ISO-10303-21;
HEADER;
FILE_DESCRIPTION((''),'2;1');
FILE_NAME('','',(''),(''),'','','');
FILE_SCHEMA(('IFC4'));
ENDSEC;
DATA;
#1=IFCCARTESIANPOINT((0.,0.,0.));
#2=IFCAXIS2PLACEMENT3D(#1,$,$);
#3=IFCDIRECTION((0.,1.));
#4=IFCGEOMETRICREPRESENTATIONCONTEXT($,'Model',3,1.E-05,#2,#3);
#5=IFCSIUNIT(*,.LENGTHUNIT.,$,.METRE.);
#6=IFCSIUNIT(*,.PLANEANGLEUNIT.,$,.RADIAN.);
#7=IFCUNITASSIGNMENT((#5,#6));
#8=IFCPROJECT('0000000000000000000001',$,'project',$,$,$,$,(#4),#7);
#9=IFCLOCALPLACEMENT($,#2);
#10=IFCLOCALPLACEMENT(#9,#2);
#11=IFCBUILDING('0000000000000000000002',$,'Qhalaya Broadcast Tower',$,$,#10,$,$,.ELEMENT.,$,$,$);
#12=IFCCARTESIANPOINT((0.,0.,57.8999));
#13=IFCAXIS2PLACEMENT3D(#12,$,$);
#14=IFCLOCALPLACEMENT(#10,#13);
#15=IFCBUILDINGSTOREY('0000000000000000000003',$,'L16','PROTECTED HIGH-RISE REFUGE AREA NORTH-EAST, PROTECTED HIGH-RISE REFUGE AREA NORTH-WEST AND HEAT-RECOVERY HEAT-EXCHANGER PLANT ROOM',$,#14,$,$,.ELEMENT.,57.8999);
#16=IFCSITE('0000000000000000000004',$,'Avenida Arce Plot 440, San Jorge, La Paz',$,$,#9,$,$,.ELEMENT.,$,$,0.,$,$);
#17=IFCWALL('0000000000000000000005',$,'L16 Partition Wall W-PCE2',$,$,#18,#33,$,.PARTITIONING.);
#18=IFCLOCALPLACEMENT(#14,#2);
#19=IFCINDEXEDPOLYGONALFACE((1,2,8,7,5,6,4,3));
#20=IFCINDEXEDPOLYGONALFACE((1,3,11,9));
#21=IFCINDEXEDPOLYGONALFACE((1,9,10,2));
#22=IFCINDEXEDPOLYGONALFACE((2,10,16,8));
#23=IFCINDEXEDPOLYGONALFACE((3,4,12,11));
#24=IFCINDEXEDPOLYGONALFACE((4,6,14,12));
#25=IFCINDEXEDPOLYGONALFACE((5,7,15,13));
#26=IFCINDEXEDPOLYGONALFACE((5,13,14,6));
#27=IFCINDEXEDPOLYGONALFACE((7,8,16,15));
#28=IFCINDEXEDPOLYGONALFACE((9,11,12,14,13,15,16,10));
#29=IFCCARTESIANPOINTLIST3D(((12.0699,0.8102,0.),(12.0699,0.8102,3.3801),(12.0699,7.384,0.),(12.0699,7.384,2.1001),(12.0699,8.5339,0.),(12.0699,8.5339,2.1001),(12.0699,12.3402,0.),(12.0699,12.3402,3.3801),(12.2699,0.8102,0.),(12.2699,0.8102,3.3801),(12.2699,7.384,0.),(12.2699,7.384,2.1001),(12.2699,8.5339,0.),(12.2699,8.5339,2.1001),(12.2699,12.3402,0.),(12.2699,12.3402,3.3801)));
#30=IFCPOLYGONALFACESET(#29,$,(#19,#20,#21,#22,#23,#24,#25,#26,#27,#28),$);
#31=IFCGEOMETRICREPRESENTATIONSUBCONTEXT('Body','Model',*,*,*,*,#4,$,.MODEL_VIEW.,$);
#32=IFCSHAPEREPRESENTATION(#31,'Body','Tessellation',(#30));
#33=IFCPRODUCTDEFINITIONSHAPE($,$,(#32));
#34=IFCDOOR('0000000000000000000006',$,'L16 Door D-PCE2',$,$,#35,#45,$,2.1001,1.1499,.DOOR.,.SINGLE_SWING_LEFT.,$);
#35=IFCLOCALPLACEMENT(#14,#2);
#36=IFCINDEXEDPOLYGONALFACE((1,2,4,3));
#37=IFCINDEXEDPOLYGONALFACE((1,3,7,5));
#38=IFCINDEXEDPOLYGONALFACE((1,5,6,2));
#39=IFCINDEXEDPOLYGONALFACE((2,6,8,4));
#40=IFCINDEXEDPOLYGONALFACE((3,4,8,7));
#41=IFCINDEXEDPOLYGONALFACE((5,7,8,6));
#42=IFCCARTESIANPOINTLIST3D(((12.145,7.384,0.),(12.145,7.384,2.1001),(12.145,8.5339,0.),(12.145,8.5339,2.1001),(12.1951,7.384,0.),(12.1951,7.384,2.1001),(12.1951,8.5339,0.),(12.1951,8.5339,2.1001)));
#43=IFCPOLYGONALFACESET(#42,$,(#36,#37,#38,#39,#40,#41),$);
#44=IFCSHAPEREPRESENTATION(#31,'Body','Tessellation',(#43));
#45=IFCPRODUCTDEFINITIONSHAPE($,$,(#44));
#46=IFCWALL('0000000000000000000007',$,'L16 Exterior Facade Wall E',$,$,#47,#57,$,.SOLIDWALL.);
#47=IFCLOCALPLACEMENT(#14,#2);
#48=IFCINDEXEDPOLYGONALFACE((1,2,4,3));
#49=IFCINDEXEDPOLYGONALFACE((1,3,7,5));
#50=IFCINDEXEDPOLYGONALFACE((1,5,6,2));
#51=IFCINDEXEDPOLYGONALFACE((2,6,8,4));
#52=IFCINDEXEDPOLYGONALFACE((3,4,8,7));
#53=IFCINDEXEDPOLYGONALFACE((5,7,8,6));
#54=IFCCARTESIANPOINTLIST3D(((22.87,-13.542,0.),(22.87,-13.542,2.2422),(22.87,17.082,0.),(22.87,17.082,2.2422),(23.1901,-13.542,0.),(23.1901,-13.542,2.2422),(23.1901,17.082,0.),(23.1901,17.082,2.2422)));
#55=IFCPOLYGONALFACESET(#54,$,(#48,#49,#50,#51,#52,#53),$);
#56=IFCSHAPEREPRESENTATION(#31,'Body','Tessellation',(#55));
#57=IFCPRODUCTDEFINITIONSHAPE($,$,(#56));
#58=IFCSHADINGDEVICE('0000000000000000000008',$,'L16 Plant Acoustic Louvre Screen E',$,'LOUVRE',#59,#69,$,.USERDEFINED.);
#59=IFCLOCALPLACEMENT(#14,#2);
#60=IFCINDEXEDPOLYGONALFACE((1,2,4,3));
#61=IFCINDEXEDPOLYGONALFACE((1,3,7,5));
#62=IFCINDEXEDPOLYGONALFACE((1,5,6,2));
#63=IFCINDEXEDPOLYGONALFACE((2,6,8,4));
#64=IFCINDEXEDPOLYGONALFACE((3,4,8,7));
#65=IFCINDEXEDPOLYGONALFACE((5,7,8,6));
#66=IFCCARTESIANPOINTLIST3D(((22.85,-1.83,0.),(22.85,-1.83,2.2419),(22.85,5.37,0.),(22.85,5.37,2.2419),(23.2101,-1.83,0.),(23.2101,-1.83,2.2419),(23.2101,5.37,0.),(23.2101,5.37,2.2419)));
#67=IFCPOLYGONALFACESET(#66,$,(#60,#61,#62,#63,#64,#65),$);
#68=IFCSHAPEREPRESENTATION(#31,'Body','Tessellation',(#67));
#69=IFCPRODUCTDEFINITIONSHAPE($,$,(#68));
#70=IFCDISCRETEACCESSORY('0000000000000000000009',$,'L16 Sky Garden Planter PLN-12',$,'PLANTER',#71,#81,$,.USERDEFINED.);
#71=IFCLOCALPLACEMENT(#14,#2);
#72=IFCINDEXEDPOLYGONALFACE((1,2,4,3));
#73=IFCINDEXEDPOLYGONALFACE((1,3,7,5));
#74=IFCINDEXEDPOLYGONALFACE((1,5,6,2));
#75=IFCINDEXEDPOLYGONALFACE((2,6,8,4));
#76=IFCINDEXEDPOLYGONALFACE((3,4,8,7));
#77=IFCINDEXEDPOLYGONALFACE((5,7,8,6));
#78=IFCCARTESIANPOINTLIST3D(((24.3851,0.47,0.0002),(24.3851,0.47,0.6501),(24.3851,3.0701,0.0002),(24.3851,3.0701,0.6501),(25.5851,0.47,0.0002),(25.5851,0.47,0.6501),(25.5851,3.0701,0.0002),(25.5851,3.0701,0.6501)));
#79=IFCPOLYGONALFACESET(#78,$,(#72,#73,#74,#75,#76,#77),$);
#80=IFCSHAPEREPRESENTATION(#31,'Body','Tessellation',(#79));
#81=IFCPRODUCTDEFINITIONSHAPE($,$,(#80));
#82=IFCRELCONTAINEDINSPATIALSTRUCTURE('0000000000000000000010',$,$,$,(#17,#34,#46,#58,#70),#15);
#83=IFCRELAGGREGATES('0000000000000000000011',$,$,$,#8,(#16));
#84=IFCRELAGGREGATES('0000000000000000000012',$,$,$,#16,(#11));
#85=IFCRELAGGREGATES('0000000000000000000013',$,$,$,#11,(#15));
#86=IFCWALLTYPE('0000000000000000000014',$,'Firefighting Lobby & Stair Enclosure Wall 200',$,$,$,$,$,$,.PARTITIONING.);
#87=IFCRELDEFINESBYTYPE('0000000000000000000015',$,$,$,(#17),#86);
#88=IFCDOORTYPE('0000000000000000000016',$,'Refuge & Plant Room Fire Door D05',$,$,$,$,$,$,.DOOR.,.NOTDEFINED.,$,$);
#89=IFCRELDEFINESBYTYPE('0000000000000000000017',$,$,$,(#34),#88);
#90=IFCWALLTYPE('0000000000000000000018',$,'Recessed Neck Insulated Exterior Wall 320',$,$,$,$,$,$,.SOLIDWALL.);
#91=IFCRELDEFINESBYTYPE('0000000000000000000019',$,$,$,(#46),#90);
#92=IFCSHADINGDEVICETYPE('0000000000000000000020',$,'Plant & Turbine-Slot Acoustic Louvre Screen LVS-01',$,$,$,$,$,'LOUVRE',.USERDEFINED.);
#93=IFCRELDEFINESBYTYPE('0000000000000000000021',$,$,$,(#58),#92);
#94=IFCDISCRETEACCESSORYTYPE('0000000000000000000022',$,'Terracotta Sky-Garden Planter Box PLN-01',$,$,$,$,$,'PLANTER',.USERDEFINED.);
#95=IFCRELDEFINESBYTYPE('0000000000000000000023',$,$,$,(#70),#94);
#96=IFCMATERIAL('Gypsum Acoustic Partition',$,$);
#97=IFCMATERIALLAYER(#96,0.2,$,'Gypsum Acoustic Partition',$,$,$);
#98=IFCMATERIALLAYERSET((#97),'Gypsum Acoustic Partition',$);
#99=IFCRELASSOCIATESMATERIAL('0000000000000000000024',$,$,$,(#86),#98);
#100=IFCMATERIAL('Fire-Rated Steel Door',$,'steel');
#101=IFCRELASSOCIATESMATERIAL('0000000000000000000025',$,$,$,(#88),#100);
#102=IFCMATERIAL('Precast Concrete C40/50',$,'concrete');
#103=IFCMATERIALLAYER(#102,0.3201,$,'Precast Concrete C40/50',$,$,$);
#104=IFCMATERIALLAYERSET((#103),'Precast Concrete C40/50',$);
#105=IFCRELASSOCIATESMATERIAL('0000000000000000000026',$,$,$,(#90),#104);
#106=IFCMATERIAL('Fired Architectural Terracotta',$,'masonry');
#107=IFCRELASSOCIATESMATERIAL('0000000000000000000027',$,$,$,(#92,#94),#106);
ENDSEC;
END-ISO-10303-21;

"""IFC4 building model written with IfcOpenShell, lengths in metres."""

from ifc_helpers import new_model, si_unit, direction, frame, frame_2d, origin, origin_2d, place, context, subcontext, project, spatial, rectangle, extrude, material, layer, layer_set, type_object, element, fill, save


model = new_model("IFC4")

# Units and contexts
model_context = context("Model", 3, precision=1e-05, world=origin(), true_north=direction((0.0, 1.0)))
body_context = subcontext(model_context, "Body", "Model", "MODEL_VIEW")
ifc_project = project(units=[si_unit("LENGTHUNIT", "METRE"), si_unit("PLANEANGLEUNIT", "RADIAN")], contexts=[model_context])

# Site, building, storey
site_placement = place(None, origin())
site = spatial("IfcSite", under=ifc_project, at=site_placement, Name="Avenida Arce Plot 440, San Jorge, La Paz", CompositionType="ELEMENT", RefElevation=0.0)
building_placement = place(site_placement, origin())
building = spatial("IfcBuilding", under=site, at=building_placement, Name="Qhalaya Broadcast Tower", CompositionType="ELEMENT")
storey_placement = place(building_placement, frame((0.0, 0.0, 57.8999)))
storey = spatial("IfcBuildingStorey", under=building, at=storey_placement, Name="L16", Description="PROTECTED HIGH-RISE REFUGE AREA NORTH-EAST, PROTECTED HIGH-RISE REFUGE AREA NORTH-WEST AND HEAT-RECOVERY HEAT-EXCHANGER PLANT ROOM", CompositionType="ELEMENT", Elevation=57.8999)

# Shared definitions
ifc_material_1 = material(Name="Gypsum Acoustic Partition")
ifc_layer_1 = layer(ifc_material_1, 0.2, Name="Gypsum Acoustic Partition")
ifc_layer_set_1 = layer_set([ifc_layer_1], Name="Gypsum Acoustic Partition")
wall_type_1 = type_object("IfcWallType", Name="Firefighting Lobby & Stair Enclosure Wall 200", PredefinedType="PARTITIONING", material=ifc_layer_set_1)

# Wall, opening, door
wall_1_placement = place(storey_placement, frame((12.1699, 0.8101, 0.0), z_axis=(0.0, 0.0, 1.0), x_axis=(0.0, 1.0, 0.0)))
wall_1 = element("IfcWall", 1, at=wall_1_placement, inside=storey, type_object=wall_type_1, Name="L16 Partition Wall W-PCE2", PredefinedType="PARTITIONING", context=body_context, shape_type="SweptSolid", body=[
    extrude(rectangle(XDim=11.53, YDim=0.2, at=frame_2d((5.7651, 0.0))), origin(), (0.0, 0.0, 1.0), 3.3801),
])
opening_placement = place(wall_1_placement, frame((6.574, 0.0, 0.0)))
opening = element("IfcOpeningElement", 2, at=opening_placement, cuts=wall_1, PredefinedType="OPENING", context=body_context, shape_type="SweptSolid", body=[
    extrude(rectangle(XDim=1.1499, YDim=2.1001, at=frame_2d((0.575, 1.05))), frame((0.0, 0.1121, 0.0), z_axis=(0.0, -1.0, 0.0), x_axis=(1.0, 0.0, 0.0)), (0.0, 0.0, 1.0), 0.2239),
])
ifc_material_2 = material(Name="Fire-Rated Steel Door", Category="steel")
door_type = type_object("IfcDoorType", Name="Refuge & Plant Room Fire Door D05", OperationType="NOTDEFINED", PredefinedType="DOOR", material=ifc_material_2)
door_placement = place(opening_placement, origin())
door = element("IfcDoor", 3, at=door_placement, inside=storey, type_object=door_type, Name="L16 Door D-PCE2", OperationType="SINGLE_SWING_LEFT", OverallHeight=2.1001, OverallWidth=1.1499, PredefinedType="DOOR", context=body_context, shape_type="SweptSolid", body=[
    extrude(rectangle(XDim=1.1499, YDim=2.1001, at=frame_2d((0.575, 1.05))), frame((0.0, 0.0249, 0.0), z_axis=(0.0, -1.0, 0.0), x_axis=(1.0, 0.0, 0.0)), (0.0, 0.0, 1.0), 0.05),
])
fill(opening, door)

# Wall
ifc_material_3 = material(Name="Precast Concrete C40/50", Category="concrete")
ifc_layer_2 = layer(ifc_material_3, 0.3201, Name="Precast Concrete C40/50")
ifc_layer_set_2 = layer_set([ifc_layer_2], Name="Precast Concrete C40/50")
wall_type_2 = type_object("IfcWallType", Name="Recessed Neck Insulated Exterior Wall 320", PredefinedType="SOLIDWALL", material=ifc_layer_set_2)
wall_2_placement = place(storey_placement, frame((23.03, 17.082, 0.0), z_axis=(0.0, 0.0, 1.0), x_axis=(0.0, -1.0, 0.0)))
element("IfcWall", 4, at=wall_2_placement, inside=storey, type_object=wall_type_2, Name="L16 Exterior Facade Wall E", PredefinedType="SOLIDWALL", context=body_context, shape_type="SweptSolid", body=[
    extrude(rectangle(XDim=30.624, YDim=0.3201, at=frame_2d((15.312, 0.0))), origin(), (0.0, 0.0, 1.0), 2.2422),
])

# Shading device
ifc_material_4 = material(Name="Fired Architectural Terracotta", Category="masonry")
shading_device_type = type_object("IfcShadingDeviceType", Name="Plant & Turbine-Slot Acoustic Louvre Screen LVS-01", ElementType="LOUVRE", PredefinedType="USERDEFINED", material=ifc_material_4)
shading_device_placement = place(storey_placement, frame((23.03, 1.77, 0.0), z_axis=(0.0, 0.0, 1.0), x_axis=(0.0, -1.0, 0.0)))
element("IfcShadingDevice", 5, at=shading_device_placement, inside=storey, type_object=shading_device_type, Name="L16 Plant Acoustic Louvre Screen E", ObjectType="LOUVRE", PredefinedType="USERDEFINED", context=body_context, shape_type="SweptSolid", body=[
    extrude(rectangle(XDim=7.2, YDim=0.3601, at=origin_2d()), origin(), (0.0, 0.0, 1.0), 2.2419),
])

# Discrete accessory
discrete_accessory_type = type_object("IfcDiscreteAccessoryType", Name="Terracotta Sky-Garden Planter Box PLN-01", ElementType="PLANTER", PredefinedType="USERDEFINED", material=ifc_material_4)
discrete_accessory_placement = place(storey_placement, frame((24.9851, 1.77, 0.0002), z_axis=(0.0, 0.0, 1.0), x_axis=(1.0, 0.0, 0.0)))
element("IfcDiscreteAccessory", 6, at=discrete_accessory_placement, inside=storey, type_object=discrete_accessory_type, Name="L16 Sky Garden Planter PLN-12", ObjectType="PLANTER", PredefinedType="USERDEFINED", context=body_context, shape_type="SweptSolid", body=[
    extrude(rectangle(XDim=1.2, YDim=2.6001, at=origin_2d()), origin(), (0.0, 0.0, 1.0), 0.6499),
])

save(model, "model.ifc")
